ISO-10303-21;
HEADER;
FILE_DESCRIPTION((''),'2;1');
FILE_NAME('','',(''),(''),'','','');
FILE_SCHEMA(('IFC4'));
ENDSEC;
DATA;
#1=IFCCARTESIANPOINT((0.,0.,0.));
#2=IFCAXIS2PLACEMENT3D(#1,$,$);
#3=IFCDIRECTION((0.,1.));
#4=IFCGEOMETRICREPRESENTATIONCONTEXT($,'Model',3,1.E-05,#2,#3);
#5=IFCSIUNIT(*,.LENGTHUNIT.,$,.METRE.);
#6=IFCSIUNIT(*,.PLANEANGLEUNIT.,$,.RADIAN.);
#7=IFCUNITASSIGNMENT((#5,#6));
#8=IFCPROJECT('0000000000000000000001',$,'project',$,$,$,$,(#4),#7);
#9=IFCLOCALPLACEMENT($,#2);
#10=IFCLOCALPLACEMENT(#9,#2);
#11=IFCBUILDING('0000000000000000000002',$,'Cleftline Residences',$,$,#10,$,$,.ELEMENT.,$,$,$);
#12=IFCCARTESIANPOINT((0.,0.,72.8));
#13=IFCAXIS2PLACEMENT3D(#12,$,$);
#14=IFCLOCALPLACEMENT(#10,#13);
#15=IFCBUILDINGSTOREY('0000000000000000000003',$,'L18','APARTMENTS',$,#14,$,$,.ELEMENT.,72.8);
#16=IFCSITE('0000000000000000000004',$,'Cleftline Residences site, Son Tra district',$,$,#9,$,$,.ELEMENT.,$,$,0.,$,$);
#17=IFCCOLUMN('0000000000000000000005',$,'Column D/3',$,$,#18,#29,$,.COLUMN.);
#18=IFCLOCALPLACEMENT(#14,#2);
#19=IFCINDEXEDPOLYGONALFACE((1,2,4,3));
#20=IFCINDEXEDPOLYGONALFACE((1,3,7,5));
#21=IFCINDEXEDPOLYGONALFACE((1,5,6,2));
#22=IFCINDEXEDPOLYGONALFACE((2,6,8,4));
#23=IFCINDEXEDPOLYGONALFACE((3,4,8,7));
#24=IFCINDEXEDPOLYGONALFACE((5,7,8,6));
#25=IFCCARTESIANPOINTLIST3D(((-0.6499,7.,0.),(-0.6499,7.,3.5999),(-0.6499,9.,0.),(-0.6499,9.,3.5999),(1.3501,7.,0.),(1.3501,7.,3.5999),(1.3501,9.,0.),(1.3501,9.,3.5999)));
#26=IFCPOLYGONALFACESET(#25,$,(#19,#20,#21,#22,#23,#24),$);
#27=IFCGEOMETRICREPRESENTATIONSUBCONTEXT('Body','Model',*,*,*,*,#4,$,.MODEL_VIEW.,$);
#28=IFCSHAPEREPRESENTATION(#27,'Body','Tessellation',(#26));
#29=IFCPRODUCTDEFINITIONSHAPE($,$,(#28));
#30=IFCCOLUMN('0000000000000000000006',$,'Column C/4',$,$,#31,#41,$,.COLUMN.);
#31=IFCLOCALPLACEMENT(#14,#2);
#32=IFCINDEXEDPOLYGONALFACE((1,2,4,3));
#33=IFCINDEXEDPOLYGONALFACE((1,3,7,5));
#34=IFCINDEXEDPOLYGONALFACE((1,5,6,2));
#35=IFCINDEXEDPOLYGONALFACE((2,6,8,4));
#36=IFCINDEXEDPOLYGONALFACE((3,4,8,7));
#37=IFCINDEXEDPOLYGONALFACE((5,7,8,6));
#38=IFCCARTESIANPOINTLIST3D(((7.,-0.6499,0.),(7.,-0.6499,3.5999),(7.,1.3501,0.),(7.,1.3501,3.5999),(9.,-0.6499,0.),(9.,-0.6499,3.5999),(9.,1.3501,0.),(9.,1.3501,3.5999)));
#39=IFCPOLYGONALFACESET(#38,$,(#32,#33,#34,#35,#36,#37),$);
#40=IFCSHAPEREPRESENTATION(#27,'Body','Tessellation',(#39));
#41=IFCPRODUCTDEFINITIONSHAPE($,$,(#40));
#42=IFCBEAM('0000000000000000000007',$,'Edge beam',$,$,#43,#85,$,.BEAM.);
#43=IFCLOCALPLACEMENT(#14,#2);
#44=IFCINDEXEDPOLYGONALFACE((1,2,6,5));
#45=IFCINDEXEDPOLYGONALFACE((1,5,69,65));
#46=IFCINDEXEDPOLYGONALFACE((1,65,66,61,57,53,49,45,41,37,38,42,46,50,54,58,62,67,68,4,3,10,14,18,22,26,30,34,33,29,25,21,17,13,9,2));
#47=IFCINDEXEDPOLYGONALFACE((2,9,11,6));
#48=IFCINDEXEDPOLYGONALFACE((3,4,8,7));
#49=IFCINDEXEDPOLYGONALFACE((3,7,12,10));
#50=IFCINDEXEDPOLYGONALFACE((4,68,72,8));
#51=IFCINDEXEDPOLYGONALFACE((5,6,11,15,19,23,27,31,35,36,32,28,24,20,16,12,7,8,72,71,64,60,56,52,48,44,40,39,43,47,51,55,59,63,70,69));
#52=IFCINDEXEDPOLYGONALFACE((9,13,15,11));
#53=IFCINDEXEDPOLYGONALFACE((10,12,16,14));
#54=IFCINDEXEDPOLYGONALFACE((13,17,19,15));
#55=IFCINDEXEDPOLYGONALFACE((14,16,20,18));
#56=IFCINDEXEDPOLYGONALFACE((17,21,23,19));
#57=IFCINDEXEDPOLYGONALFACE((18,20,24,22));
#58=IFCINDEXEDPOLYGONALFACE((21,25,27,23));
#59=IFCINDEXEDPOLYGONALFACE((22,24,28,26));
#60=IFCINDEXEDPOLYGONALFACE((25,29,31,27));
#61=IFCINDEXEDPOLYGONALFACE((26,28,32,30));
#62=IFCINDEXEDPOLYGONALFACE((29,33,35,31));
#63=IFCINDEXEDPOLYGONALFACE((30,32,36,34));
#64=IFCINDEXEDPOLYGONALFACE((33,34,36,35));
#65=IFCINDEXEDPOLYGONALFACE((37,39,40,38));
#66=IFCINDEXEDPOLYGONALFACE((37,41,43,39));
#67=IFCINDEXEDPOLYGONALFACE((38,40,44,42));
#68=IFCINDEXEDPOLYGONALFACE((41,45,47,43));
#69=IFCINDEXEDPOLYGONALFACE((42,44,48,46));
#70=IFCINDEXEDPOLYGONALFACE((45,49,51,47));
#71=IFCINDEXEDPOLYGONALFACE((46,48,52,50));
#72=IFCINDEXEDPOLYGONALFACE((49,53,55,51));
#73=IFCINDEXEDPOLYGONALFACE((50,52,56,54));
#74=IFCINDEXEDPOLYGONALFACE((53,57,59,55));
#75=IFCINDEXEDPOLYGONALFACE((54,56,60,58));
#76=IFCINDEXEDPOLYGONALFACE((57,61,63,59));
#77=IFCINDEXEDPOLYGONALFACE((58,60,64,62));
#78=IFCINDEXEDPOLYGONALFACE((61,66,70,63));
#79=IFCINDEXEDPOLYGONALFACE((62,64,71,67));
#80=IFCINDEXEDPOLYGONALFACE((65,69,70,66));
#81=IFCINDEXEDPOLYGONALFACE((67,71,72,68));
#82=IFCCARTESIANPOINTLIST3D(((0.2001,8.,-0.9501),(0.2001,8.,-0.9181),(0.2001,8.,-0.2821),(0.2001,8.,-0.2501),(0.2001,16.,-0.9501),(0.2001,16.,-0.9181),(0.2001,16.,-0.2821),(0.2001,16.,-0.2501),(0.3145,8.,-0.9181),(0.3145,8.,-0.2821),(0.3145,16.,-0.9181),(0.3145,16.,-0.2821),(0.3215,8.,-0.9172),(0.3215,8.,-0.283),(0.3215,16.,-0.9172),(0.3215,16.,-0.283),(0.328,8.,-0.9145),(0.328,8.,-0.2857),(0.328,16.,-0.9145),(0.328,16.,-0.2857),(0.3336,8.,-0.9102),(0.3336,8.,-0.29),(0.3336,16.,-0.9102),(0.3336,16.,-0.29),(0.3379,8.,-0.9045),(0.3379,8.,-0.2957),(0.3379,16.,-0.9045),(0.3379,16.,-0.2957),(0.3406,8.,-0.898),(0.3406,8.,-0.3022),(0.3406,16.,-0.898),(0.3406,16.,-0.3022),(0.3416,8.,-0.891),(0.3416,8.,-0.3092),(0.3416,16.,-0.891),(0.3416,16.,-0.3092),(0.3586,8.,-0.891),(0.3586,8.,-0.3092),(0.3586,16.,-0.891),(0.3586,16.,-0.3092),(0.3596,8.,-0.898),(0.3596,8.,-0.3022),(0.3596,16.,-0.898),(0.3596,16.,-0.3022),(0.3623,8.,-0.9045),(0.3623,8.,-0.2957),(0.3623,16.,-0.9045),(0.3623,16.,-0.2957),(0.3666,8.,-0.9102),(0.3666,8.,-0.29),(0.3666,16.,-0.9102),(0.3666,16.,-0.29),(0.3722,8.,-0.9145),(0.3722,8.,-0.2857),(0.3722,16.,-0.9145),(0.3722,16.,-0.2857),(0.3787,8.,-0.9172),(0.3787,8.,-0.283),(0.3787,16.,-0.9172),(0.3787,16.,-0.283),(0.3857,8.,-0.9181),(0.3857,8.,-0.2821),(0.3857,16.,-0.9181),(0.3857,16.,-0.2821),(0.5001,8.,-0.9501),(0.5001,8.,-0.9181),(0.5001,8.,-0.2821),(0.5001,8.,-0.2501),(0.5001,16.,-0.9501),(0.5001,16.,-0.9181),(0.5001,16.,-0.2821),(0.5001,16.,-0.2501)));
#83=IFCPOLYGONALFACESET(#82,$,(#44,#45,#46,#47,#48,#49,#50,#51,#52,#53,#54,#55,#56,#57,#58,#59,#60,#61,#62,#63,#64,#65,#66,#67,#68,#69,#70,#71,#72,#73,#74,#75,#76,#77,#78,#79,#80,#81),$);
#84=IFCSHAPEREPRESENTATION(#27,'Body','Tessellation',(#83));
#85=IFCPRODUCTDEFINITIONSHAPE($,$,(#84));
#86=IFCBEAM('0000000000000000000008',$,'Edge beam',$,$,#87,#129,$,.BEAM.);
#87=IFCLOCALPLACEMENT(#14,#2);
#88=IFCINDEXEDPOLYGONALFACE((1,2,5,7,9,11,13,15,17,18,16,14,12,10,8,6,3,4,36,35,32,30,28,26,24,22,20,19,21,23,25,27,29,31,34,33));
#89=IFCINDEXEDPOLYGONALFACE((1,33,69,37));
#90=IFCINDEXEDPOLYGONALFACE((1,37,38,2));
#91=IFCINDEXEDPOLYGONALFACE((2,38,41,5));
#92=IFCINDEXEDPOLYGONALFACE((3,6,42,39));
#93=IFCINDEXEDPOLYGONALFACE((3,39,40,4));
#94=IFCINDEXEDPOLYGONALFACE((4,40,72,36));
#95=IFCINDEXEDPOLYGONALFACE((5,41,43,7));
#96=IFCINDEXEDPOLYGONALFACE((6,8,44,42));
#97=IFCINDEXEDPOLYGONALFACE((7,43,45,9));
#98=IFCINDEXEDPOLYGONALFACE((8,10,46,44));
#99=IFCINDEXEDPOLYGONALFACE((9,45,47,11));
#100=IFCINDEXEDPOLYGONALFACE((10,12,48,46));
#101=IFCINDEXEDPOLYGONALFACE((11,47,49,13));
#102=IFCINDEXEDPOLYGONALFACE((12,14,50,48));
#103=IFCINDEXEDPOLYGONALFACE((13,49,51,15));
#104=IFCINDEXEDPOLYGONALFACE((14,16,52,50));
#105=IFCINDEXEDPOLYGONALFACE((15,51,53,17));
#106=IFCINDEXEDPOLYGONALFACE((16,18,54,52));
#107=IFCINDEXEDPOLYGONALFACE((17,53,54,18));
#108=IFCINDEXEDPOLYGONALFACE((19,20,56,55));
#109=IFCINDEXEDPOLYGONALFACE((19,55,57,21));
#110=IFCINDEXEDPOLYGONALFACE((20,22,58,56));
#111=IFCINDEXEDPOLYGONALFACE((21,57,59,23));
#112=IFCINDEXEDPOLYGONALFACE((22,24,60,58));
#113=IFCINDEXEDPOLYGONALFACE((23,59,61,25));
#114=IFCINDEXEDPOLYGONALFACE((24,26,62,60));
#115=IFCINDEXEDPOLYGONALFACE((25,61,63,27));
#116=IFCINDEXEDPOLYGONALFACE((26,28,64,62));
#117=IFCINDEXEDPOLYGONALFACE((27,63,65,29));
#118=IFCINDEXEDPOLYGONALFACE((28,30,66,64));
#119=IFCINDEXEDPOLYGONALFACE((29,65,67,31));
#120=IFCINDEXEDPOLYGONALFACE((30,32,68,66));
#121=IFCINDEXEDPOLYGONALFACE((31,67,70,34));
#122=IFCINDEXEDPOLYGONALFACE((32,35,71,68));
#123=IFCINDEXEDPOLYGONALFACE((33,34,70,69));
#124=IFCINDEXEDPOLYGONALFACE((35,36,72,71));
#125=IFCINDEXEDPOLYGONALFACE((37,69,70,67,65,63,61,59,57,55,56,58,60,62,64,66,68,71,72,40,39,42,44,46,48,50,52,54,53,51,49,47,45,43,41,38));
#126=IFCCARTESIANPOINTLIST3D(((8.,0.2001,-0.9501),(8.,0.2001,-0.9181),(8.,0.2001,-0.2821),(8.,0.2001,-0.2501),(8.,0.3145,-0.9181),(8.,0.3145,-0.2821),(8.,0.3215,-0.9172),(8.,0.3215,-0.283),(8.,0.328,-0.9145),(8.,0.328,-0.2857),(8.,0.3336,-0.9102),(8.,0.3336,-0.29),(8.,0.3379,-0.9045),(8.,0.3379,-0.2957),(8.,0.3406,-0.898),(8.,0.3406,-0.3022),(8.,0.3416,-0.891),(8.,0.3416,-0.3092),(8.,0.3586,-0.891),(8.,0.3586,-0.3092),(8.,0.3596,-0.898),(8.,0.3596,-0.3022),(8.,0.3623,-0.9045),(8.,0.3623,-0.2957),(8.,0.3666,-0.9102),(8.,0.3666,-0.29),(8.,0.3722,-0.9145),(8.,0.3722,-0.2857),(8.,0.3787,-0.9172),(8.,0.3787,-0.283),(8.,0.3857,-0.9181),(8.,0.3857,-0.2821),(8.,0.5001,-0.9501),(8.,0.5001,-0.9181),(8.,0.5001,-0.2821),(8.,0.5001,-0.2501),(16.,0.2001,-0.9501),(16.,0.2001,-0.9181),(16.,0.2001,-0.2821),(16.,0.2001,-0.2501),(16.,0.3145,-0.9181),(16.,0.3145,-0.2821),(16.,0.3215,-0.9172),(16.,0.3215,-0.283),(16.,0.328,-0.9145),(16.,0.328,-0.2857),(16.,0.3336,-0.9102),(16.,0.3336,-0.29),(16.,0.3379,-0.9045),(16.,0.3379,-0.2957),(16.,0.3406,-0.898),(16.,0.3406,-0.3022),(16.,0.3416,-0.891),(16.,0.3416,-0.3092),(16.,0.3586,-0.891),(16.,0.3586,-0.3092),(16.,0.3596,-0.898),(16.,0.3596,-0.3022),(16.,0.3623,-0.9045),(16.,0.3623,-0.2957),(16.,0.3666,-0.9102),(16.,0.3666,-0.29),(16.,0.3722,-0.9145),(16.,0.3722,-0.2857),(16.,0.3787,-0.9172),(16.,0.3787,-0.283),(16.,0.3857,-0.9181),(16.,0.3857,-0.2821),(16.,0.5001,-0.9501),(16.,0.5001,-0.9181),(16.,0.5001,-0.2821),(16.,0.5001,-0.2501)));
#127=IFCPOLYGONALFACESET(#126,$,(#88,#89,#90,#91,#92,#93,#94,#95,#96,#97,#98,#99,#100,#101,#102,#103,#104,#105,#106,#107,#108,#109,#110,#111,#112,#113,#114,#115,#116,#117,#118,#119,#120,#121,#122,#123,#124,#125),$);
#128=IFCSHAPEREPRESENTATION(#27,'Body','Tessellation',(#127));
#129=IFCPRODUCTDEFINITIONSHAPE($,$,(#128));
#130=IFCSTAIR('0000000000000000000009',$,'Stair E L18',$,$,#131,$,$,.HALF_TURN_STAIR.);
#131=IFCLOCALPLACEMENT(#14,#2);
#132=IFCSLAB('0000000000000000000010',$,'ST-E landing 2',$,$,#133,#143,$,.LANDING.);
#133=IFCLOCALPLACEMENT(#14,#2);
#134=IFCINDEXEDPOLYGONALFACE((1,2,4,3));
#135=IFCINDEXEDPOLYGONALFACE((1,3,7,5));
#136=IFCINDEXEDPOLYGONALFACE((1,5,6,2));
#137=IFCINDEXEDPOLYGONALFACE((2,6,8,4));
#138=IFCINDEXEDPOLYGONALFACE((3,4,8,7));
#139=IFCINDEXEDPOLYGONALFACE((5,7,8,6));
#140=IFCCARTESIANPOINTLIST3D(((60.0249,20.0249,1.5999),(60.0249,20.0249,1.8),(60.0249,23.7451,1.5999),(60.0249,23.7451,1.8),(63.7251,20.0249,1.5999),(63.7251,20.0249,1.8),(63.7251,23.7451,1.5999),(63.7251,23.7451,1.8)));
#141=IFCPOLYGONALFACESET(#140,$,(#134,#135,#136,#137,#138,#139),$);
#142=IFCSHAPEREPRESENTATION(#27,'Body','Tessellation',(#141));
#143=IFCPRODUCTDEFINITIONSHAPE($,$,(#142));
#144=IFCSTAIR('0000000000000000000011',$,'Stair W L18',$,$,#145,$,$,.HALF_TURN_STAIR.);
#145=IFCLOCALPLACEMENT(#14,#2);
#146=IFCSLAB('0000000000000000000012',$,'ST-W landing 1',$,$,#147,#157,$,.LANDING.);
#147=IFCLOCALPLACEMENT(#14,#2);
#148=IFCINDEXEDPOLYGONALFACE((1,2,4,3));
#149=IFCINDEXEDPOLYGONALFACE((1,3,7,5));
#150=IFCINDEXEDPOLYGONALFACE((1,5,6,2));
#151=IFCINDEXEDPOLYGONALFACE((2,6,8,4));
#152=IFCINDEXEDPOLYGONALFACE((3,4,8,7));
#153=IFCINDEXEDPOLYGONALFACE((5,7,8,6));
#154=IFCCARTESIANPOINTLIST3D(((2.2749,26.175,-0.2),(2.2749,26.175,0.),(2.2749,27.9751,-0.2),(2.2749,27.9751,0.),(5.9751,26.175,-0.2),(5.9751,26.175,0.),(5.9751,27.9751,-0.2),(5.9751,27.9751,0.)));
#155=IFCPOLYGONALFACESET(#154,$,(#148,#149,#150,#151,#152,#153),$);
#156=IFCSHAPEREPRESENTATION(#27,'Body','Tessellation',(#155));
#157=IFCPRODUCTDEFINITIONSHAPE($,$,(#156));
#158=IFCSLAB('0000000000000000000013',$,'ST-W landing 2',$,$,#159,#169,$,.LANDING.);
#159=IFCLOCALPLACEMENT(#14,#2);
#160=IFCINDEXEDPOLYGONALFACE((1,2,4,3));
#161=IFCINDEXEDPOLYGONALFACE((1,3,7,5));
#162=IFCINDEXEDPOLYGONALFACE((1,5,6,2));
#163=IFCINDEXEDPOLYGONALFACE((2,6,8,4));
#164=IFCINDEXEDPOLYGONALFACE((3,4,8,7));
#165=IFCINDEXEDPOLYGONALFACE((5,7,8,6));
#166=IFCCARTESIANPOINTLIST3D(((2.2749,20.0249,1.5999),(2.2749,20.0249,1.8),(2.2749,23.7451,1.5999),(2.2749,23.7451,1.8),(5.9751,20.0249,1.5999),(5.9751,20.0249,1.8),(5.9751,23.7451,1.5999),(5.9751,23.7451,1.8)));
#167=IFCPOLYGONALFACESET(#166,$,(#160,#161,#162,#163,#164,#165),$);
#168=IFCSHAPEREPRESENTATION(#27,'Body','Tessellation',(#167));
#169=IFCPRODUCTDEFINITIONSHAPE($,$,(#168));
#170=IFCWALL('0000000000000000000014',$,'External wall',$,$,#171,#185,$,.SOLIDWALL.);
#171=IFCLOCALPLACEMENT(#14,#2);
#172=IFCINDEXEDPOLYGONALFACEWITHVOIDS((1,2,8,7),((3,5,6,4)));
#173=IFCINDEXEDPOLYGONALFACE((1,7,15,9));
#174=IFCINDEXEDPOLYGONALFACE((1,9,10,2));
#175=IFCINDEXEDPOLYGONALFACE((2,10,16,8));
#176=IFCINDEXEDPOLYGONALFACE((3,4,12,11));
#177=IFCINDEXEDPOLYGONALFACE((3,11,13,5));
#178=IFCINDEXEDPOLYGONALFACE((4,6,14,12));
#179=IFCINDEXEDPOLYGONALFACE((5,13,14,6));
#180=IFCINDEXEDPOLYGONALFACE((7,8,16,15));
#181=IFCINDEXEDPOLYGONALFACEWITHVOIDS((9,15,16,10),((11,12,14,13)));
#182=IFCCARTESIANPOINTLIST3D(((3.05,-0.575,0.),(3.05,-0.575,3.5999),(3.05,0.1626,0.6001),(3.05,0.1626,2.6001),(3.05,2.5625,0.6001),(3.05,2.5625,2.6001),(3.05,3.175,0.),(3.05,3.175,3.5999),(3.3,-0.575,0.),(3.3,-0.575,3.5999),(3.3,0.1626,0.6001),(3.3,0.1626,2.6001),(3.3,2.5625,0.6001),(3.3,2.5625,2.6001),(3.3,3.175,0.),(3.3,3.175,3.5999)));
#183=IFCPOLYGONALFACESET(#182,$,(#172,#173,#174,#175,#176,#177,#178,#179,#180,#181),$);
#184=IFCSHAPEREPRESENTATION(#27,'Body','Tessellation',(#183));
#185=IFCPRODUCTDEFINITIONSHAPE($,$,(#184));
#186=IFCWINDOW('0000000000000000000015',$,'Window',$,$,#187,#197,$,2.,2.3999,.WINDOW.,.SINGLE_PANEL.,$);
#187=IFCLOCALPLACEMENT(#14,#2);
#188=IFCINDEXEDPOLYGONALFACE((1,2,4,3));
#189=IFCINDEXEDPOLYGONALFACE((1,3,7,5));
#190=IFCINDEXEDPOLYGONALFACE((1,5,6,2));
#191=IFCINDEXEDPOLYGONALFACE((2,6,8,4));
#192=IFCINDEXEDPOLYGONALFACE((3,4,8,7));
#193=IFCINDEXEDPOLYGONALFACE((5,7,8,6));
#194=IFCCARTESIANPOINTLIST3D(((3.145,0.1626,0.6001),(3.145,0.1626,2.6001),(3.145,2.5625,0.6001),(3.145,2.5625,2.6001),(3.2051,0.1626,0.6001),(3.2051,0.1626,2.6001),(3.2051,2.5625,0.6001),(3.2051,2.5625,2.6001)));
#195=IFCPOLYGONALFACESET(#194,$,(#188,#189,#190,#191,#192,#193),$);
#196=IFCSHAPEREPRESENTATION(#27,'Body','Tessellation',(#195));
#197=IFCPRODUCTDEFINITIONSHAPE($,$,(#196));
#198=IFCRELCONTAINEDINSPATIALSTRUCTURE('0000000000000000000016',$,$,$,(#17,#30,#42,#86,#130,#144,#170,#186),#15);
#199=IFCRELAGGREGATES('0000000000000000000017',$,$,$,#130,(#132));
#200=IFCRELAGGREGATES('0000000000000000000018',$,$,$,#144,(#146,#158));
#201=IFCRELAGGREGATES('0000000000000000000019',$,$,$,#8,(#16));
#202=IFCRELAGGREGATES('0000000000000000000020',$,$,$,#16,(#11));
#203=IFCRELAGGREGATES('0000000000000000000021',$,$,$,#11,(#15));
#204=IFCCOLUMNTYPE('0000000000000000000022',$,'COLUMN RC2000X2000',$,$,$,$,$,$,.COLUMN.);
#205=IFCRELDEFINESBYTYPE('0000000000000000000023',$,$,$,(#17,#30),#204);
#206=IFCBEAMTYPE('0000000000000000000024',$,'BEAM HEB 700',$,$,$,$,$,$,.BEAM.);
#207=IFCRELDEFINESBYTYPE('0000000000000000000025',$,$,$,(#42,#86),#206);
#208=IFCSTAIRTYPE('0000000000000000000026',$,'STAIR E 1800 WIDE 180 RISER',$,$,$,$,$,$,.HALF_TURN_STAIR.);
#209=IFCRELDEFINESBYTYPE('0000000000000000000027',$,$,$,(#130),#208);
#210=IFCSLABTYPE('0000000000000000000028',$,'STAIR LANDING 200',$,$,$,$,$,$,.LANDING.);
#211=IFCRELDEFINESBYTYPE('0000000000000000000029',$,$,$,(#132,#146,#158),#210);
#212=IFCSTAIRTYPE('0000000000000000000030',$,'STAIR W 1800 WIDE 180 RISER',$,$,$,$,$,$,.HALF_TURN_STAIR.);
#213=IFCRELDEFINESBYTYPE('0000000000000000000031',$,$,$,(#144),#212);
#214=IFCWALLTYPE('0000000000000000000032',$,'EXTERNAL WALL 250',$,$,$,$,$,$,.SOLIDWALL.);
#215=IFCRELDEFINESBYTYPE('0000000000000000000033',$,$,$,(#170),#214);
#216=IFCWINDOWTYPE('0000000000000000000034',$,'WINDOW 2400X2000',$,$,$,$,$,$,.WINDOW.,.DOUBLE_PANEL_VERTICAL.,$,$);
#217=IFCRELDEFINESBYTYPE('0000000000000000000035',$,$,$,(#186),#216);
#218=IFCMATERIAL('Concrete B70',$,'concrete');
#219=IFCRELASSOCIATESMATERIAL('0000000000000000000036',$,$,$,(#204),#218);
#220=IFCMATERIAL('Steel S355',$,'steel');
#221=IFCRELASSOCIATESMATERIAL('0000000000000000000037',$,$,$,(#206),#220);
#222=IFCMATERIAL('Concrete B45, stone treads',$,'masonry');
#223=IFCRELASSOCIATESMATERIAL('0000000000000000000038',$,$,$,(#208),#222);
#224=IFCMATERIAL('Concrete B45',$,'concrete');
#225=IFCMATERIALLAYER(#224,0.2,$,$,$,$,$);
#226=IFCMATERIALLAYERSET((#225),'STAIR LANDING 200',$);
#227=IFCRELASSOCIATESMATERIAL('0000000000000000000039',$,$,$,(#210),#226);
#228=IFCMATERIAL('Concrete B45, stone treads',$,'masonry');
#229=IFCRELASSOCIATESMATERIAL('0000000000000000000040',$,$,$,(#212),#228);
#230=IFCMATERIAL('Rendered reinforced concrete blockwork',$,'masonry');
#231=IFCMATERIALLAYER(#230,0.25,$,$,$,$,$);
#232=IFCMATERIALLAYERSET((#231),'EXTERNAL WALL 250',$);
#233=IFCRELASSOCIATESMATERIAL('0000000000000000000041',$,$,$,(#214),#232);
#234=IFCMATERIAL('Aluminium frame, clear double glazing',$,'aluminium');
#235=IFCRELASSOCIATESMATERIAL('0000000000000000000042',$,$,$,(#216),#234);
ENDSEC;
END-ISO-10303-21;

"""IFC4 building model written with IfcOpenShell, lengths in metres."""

from ifc_helpers import new_model, si_unit, direction, frame, frame_2d, origin, origin_2d, place, context, subcontext, project, spatial, polyline, rectangle, i_section, outline, extrude, material, layer, layer_set, material_profile, profile_set, type_object, element, fill, aggregate, save


model = new_model("IFC4")

# Units and contexts
model_context = context("Model", 3, precision=1e-05, world=origin(), true_north=direction((0.0, 1.0)))
body_context = subcontext(model_context, "Body", "Model", "MODEL_VIEW")
ifc_project = project(units=[si_unit("LENGTHUNIT", "METRE"), si_unit("PLANEANGLEUNIT", "RADIAN")], contexts=[model_context])

# Site, building, storey
site_placement = place(None, origin())
site = spatial("IfcSite", under=ifc_project, at=site_placement, Name="Cleftline Residences site, Son Tra district", CompositionType="ELEMENT", RefElevation=0.0)
building_placement = place(site_placement, origin())
building = spatial("IfcBuilding", under=site, at=building_placement, Name="Cleftline Residences", CompositionType="ELEMENT")
storey_placement = place(building_placement, frame((0.0, 0.0, 72.8)))
storey = spatial("IfcBuildingStorey", under=building, at=storey_placement, Name="L18", Description="APARTMENTS", CompositionType="ELEMENT", Elevation=72.8)

# Columns
ifc_material_1 = material(Name="Concrete B70", Category="concrete")
ifc_material_profile_1 = material_profile(ifc_material_1, rectangle(XDim=2.0, YDim=2.0, at=origin_2d()))
ifc_profile_set_1 = profile_set([ifc_material_profile_1], Name="Concrete B70")
column_type = type_object("IfcColumnType", Name="COLUMN RC2000X2000", PredefinedType="COLUMN", material=ifc_profile_set_1)
for number, where, z_axis, x_axis, name in (
    (1, (0.3501, 8.0, 0.0), (0.0, 0.0, 1.0), (1.0, 0.0, 0.0), "Column D/3"),
    (2, (8.0, 0.3501, 0.0), (0.0, 0.0, 1.0), (1.0, 0.0, 0.0), "Column C/4"),
):
    element("IfcColumn", number, at=place(storey_placement, frame(where, z_axis=z_axis, x_axis=x_axis)), inside=storey, type_object=column_type, Name=name, PredefinedType="COLUMN", context=body_context, shape_type="SweptSolid", body=[
        extrude(rectangle(XDim=2.0, YDim=2.0, at=origin_2d()), origin(), (0.0, 0.0, 1.0), 3.5999),
    ])

# Beams
ifc_material_2 = material(Name="Steel S355", Category="steel")
ifc_material_profile_2 = material_profile(ifc_material_2, i_section(OverallWidth=0.3, OverallDepth=0.7, WebThickness=0.0171, FlangeThickness=0.032, FilletRadius=0.0271, at=origin_2d()))
ifc_profile_set_2 = profile_set([ifc_material_profile_2], Name="Steel S355")
beam_type = type_object("IfcBeamType", Name="BEAM HEB 700", PredefinedType="BEAM", material=ifc_profile_set_2)
for number, where, z_axis, x_axis, name in (
    (3, (0.3501, 8.0, -0.6001), (0.0, 1.0, 0.0), (-1.0, 0.0, 0.0), "Edge beam"),
    (4, (8.0, 0.3501, -0.6001), (1.0, 0.0, 0.0), (0.0, 1.0, 0.0), "Edge beam"),
):
    element("IfcBeam", number, at=place(storey_placement, frame(where, z_axis=z_axis, x_axis=x_axis)), inside=storey, type_object=beam_type, Name=name, PredefinedType="BEAM", context=body_context, shape_type="SweptSolid", body=[
        extrude(i_section(OverallWidth=0.3, OverallDepth=0.7, WebThickness=0.0171, FlangeThickness=0.032, FilletRadius=0.0271, at=origin_2d()), origin(), (0.0, 0.0, 1.0), 8.0),
    ])

# Stair, slab
ifc_material_3 = material(Name="Concrete B45, stone treads", Category="masonry")
stair_type_1 = type_object("IfcStairType", Name="STAIR E 1800 WIDE 180 RISER", PredefinedType="HALF_TURN_STAIR", material=ifc_material_3)
stair_1_placement = place(storey_placement, origin())
stair_1 = element("IfcStair", 5, at=stair_1_placement, inside=storey, type_object=stair_type_1, Name="Stair E L18", PredefinedType="HALF_TURN_STAIR")
ifc_material_4 = material(Name="Concrete B45", Category="concrete")
ifc_layer_1 = layer(ifc_material_4, 0.2)
ifc_layer_set_1 = layer_set([ifc_layer_1], Name="STAIR LANDING 200")
slab_type = type_object("IfcSlabType", Name="STAIR LANDING 200", PredefinedType="LANDING", material=ifc_layer_set_1)
slab_1_placement = place(storey_placement, frame((0.0, 0.0, 1.5999)))
slab_1 = element("IfcSlab", 6, at=slab_1_placement, type_object=slab_type, Name="ST-E landing 2", PredefinedType="LANDING", context=body_context, shape_type="SweptSolid", body=[
    extrude(outline(polyline([(60.0249, 20.0249), (63.7251, 20.0249), (63.7251, 23.7451), (60.0249, 23.7451), (60.0249, 20.0249)])), origin(), (0.0, 0.0, 1.0), 0.2002),
])
aggregate(stair_1, [slab_1])

# Stair, slabs
ifc_material_5 = material(Name="Concrete B45, stone treads", Category="masonry")
stair_type_2 = type_object("IfcStairType", Name="STAIR W 1800 WIDE 180 RISER", PredefinedType="HALF_TURN_STAIR", material=ifc_material_5)
stair_2_placement = place(storey_placement, origin())
stair_2 = element("IfcStair", 7, at=stair_2_placement, inside=storey, type_object=stair_type_2, Name="Stair W L18", PredefinedType="HALF_TURN_STAIR")
slab_2_placement = place(storey_placement, frame((0.0, 0.0, -0.2)))
slab_2 = element("IfcSlab", 8, at=slab_2_placement, type_object=slab_type, Name="ST-W landing 1", PredefinedType="LANDING", context=body_context, shape_type="SweptSolid", body=[
    extrude(outline(polyline([(2.2749, 26.175), (5.9751, 26.175), (5.9751, 27.9751), (2.2749, 27.9751), (2.2749, 26.175)])), origin(), (0.0, 0.0, 1.0), 0.2),
])
slab_3_placement = place(storey_placement, frame((0.0, 0.0, 1.5999)))
slab_3 = element("IfcSlab", 9, at=slab_3_placement, type_object=slab_type, Name="ST-W landing 2", PredefinedType="LANDING", context=body_context, shape_type="SweptSolid", body=[
    extrude(outline(polyline([(2.2749, 20.0249), (5.9751, 20.0249), (5.9751, 23.7451), (2.2749, 23.7451), (2.2749, 20.0249)])), origin(), (0.0, 0.0, 1.0), 0.2002),
])
aggregate(stair_2, [slab_2, slab_3])

# Wall, opening, window
ifc_material_6 = material(Name="Rendered reinforced concrete blockwork", Category="masonry")
ifc_layer_2 = layer(ifc_material_6, 0.25)
ifc_layer_set_2 = layer_set([ifc_layer_2], Name="EXTERNAL WALL 250")
wall_type_1 = type_object("IfcWallType", Name="EXTERNAL WALL 250", PredefinedType="SOLIDWALL", material=ifc_layer_set_2)
wall_1_placement = place(storey_placement, frame((3.175, 3.175, 0.0), z_axis=(0.0, 0.0, 1.0), x_axis=(0.0, -1.0, 0.0)))
wall_1 = element("IfcWall", 10, at=wall_1_placement, inside=storey, type_object=wall_type_1, Name="External wall", PredefinedType="SOLIDWALL", context=body_context, shape_type="SweptSolid", body=[
    extrude(rectangle(XDim=3.75, YDim=0.25, at=frame_2d((1.875, 0.0))), origin(), (0.0, 0.0, 1.0), 3.5999),
])
opening_1_placement = place(wall_1_placement, frame((0.6125, 0.0, 0.6001)))
opening_1 = element("IfcOpeningElement", 11, at=opening_1_placement, cuts=wall_1, PredefinedType="OPENING", context=body_context, shape_type="SweptSolid", body=[
    extrude(rectangle(XDim=2.3999, YDim=2.0, at=frame_2d((1.2, 1.0))), frame((0.0, 0.135, 0.0), z_axis=(0.0, -1.0, 0.0), x_axis=(1.0, 0.0, 0.0)), (0.0, 0.0, 1.0), 0.27),
])
ifc_material_7 = material(Name="Aluminium frame, clear double glazing", Category="aluminium")
window_type_1 = type_object("IfcWindowType", Name="WINDOW 2400X2000", PartitioningType="DOUBLE_PANEL_VERTICAL", PredefinedType="WINDOW", material=ifc_material_7)
window_1_placement = place(opening_1_placement, origin())
window_1 = element("IfcWindow", 12, at=window_1_placement, inside=storey, type_object=window_type_1, Name="Window", OverallHeight=2.0, OverallWidth=2.3999, PartitioningType="SINGLE_PANEL", PredefinedType="WINDOW", context=body_context, shape_type="SweptSolid", body=[
    extrude(rectangle(XDim=2.3999, YDim=2.0, at=frame_2d((1.2, 1.0))), frame((0.0, 0.03, 0.0), z_axis=(0.0, -1.0, 0.0), x_axis=(1.0, 0.0, 0.0)), (0.0, 0.0, 1.0), 0.0601),
])
fill(opening_1, window_1)

save(model, "model.ifc")
